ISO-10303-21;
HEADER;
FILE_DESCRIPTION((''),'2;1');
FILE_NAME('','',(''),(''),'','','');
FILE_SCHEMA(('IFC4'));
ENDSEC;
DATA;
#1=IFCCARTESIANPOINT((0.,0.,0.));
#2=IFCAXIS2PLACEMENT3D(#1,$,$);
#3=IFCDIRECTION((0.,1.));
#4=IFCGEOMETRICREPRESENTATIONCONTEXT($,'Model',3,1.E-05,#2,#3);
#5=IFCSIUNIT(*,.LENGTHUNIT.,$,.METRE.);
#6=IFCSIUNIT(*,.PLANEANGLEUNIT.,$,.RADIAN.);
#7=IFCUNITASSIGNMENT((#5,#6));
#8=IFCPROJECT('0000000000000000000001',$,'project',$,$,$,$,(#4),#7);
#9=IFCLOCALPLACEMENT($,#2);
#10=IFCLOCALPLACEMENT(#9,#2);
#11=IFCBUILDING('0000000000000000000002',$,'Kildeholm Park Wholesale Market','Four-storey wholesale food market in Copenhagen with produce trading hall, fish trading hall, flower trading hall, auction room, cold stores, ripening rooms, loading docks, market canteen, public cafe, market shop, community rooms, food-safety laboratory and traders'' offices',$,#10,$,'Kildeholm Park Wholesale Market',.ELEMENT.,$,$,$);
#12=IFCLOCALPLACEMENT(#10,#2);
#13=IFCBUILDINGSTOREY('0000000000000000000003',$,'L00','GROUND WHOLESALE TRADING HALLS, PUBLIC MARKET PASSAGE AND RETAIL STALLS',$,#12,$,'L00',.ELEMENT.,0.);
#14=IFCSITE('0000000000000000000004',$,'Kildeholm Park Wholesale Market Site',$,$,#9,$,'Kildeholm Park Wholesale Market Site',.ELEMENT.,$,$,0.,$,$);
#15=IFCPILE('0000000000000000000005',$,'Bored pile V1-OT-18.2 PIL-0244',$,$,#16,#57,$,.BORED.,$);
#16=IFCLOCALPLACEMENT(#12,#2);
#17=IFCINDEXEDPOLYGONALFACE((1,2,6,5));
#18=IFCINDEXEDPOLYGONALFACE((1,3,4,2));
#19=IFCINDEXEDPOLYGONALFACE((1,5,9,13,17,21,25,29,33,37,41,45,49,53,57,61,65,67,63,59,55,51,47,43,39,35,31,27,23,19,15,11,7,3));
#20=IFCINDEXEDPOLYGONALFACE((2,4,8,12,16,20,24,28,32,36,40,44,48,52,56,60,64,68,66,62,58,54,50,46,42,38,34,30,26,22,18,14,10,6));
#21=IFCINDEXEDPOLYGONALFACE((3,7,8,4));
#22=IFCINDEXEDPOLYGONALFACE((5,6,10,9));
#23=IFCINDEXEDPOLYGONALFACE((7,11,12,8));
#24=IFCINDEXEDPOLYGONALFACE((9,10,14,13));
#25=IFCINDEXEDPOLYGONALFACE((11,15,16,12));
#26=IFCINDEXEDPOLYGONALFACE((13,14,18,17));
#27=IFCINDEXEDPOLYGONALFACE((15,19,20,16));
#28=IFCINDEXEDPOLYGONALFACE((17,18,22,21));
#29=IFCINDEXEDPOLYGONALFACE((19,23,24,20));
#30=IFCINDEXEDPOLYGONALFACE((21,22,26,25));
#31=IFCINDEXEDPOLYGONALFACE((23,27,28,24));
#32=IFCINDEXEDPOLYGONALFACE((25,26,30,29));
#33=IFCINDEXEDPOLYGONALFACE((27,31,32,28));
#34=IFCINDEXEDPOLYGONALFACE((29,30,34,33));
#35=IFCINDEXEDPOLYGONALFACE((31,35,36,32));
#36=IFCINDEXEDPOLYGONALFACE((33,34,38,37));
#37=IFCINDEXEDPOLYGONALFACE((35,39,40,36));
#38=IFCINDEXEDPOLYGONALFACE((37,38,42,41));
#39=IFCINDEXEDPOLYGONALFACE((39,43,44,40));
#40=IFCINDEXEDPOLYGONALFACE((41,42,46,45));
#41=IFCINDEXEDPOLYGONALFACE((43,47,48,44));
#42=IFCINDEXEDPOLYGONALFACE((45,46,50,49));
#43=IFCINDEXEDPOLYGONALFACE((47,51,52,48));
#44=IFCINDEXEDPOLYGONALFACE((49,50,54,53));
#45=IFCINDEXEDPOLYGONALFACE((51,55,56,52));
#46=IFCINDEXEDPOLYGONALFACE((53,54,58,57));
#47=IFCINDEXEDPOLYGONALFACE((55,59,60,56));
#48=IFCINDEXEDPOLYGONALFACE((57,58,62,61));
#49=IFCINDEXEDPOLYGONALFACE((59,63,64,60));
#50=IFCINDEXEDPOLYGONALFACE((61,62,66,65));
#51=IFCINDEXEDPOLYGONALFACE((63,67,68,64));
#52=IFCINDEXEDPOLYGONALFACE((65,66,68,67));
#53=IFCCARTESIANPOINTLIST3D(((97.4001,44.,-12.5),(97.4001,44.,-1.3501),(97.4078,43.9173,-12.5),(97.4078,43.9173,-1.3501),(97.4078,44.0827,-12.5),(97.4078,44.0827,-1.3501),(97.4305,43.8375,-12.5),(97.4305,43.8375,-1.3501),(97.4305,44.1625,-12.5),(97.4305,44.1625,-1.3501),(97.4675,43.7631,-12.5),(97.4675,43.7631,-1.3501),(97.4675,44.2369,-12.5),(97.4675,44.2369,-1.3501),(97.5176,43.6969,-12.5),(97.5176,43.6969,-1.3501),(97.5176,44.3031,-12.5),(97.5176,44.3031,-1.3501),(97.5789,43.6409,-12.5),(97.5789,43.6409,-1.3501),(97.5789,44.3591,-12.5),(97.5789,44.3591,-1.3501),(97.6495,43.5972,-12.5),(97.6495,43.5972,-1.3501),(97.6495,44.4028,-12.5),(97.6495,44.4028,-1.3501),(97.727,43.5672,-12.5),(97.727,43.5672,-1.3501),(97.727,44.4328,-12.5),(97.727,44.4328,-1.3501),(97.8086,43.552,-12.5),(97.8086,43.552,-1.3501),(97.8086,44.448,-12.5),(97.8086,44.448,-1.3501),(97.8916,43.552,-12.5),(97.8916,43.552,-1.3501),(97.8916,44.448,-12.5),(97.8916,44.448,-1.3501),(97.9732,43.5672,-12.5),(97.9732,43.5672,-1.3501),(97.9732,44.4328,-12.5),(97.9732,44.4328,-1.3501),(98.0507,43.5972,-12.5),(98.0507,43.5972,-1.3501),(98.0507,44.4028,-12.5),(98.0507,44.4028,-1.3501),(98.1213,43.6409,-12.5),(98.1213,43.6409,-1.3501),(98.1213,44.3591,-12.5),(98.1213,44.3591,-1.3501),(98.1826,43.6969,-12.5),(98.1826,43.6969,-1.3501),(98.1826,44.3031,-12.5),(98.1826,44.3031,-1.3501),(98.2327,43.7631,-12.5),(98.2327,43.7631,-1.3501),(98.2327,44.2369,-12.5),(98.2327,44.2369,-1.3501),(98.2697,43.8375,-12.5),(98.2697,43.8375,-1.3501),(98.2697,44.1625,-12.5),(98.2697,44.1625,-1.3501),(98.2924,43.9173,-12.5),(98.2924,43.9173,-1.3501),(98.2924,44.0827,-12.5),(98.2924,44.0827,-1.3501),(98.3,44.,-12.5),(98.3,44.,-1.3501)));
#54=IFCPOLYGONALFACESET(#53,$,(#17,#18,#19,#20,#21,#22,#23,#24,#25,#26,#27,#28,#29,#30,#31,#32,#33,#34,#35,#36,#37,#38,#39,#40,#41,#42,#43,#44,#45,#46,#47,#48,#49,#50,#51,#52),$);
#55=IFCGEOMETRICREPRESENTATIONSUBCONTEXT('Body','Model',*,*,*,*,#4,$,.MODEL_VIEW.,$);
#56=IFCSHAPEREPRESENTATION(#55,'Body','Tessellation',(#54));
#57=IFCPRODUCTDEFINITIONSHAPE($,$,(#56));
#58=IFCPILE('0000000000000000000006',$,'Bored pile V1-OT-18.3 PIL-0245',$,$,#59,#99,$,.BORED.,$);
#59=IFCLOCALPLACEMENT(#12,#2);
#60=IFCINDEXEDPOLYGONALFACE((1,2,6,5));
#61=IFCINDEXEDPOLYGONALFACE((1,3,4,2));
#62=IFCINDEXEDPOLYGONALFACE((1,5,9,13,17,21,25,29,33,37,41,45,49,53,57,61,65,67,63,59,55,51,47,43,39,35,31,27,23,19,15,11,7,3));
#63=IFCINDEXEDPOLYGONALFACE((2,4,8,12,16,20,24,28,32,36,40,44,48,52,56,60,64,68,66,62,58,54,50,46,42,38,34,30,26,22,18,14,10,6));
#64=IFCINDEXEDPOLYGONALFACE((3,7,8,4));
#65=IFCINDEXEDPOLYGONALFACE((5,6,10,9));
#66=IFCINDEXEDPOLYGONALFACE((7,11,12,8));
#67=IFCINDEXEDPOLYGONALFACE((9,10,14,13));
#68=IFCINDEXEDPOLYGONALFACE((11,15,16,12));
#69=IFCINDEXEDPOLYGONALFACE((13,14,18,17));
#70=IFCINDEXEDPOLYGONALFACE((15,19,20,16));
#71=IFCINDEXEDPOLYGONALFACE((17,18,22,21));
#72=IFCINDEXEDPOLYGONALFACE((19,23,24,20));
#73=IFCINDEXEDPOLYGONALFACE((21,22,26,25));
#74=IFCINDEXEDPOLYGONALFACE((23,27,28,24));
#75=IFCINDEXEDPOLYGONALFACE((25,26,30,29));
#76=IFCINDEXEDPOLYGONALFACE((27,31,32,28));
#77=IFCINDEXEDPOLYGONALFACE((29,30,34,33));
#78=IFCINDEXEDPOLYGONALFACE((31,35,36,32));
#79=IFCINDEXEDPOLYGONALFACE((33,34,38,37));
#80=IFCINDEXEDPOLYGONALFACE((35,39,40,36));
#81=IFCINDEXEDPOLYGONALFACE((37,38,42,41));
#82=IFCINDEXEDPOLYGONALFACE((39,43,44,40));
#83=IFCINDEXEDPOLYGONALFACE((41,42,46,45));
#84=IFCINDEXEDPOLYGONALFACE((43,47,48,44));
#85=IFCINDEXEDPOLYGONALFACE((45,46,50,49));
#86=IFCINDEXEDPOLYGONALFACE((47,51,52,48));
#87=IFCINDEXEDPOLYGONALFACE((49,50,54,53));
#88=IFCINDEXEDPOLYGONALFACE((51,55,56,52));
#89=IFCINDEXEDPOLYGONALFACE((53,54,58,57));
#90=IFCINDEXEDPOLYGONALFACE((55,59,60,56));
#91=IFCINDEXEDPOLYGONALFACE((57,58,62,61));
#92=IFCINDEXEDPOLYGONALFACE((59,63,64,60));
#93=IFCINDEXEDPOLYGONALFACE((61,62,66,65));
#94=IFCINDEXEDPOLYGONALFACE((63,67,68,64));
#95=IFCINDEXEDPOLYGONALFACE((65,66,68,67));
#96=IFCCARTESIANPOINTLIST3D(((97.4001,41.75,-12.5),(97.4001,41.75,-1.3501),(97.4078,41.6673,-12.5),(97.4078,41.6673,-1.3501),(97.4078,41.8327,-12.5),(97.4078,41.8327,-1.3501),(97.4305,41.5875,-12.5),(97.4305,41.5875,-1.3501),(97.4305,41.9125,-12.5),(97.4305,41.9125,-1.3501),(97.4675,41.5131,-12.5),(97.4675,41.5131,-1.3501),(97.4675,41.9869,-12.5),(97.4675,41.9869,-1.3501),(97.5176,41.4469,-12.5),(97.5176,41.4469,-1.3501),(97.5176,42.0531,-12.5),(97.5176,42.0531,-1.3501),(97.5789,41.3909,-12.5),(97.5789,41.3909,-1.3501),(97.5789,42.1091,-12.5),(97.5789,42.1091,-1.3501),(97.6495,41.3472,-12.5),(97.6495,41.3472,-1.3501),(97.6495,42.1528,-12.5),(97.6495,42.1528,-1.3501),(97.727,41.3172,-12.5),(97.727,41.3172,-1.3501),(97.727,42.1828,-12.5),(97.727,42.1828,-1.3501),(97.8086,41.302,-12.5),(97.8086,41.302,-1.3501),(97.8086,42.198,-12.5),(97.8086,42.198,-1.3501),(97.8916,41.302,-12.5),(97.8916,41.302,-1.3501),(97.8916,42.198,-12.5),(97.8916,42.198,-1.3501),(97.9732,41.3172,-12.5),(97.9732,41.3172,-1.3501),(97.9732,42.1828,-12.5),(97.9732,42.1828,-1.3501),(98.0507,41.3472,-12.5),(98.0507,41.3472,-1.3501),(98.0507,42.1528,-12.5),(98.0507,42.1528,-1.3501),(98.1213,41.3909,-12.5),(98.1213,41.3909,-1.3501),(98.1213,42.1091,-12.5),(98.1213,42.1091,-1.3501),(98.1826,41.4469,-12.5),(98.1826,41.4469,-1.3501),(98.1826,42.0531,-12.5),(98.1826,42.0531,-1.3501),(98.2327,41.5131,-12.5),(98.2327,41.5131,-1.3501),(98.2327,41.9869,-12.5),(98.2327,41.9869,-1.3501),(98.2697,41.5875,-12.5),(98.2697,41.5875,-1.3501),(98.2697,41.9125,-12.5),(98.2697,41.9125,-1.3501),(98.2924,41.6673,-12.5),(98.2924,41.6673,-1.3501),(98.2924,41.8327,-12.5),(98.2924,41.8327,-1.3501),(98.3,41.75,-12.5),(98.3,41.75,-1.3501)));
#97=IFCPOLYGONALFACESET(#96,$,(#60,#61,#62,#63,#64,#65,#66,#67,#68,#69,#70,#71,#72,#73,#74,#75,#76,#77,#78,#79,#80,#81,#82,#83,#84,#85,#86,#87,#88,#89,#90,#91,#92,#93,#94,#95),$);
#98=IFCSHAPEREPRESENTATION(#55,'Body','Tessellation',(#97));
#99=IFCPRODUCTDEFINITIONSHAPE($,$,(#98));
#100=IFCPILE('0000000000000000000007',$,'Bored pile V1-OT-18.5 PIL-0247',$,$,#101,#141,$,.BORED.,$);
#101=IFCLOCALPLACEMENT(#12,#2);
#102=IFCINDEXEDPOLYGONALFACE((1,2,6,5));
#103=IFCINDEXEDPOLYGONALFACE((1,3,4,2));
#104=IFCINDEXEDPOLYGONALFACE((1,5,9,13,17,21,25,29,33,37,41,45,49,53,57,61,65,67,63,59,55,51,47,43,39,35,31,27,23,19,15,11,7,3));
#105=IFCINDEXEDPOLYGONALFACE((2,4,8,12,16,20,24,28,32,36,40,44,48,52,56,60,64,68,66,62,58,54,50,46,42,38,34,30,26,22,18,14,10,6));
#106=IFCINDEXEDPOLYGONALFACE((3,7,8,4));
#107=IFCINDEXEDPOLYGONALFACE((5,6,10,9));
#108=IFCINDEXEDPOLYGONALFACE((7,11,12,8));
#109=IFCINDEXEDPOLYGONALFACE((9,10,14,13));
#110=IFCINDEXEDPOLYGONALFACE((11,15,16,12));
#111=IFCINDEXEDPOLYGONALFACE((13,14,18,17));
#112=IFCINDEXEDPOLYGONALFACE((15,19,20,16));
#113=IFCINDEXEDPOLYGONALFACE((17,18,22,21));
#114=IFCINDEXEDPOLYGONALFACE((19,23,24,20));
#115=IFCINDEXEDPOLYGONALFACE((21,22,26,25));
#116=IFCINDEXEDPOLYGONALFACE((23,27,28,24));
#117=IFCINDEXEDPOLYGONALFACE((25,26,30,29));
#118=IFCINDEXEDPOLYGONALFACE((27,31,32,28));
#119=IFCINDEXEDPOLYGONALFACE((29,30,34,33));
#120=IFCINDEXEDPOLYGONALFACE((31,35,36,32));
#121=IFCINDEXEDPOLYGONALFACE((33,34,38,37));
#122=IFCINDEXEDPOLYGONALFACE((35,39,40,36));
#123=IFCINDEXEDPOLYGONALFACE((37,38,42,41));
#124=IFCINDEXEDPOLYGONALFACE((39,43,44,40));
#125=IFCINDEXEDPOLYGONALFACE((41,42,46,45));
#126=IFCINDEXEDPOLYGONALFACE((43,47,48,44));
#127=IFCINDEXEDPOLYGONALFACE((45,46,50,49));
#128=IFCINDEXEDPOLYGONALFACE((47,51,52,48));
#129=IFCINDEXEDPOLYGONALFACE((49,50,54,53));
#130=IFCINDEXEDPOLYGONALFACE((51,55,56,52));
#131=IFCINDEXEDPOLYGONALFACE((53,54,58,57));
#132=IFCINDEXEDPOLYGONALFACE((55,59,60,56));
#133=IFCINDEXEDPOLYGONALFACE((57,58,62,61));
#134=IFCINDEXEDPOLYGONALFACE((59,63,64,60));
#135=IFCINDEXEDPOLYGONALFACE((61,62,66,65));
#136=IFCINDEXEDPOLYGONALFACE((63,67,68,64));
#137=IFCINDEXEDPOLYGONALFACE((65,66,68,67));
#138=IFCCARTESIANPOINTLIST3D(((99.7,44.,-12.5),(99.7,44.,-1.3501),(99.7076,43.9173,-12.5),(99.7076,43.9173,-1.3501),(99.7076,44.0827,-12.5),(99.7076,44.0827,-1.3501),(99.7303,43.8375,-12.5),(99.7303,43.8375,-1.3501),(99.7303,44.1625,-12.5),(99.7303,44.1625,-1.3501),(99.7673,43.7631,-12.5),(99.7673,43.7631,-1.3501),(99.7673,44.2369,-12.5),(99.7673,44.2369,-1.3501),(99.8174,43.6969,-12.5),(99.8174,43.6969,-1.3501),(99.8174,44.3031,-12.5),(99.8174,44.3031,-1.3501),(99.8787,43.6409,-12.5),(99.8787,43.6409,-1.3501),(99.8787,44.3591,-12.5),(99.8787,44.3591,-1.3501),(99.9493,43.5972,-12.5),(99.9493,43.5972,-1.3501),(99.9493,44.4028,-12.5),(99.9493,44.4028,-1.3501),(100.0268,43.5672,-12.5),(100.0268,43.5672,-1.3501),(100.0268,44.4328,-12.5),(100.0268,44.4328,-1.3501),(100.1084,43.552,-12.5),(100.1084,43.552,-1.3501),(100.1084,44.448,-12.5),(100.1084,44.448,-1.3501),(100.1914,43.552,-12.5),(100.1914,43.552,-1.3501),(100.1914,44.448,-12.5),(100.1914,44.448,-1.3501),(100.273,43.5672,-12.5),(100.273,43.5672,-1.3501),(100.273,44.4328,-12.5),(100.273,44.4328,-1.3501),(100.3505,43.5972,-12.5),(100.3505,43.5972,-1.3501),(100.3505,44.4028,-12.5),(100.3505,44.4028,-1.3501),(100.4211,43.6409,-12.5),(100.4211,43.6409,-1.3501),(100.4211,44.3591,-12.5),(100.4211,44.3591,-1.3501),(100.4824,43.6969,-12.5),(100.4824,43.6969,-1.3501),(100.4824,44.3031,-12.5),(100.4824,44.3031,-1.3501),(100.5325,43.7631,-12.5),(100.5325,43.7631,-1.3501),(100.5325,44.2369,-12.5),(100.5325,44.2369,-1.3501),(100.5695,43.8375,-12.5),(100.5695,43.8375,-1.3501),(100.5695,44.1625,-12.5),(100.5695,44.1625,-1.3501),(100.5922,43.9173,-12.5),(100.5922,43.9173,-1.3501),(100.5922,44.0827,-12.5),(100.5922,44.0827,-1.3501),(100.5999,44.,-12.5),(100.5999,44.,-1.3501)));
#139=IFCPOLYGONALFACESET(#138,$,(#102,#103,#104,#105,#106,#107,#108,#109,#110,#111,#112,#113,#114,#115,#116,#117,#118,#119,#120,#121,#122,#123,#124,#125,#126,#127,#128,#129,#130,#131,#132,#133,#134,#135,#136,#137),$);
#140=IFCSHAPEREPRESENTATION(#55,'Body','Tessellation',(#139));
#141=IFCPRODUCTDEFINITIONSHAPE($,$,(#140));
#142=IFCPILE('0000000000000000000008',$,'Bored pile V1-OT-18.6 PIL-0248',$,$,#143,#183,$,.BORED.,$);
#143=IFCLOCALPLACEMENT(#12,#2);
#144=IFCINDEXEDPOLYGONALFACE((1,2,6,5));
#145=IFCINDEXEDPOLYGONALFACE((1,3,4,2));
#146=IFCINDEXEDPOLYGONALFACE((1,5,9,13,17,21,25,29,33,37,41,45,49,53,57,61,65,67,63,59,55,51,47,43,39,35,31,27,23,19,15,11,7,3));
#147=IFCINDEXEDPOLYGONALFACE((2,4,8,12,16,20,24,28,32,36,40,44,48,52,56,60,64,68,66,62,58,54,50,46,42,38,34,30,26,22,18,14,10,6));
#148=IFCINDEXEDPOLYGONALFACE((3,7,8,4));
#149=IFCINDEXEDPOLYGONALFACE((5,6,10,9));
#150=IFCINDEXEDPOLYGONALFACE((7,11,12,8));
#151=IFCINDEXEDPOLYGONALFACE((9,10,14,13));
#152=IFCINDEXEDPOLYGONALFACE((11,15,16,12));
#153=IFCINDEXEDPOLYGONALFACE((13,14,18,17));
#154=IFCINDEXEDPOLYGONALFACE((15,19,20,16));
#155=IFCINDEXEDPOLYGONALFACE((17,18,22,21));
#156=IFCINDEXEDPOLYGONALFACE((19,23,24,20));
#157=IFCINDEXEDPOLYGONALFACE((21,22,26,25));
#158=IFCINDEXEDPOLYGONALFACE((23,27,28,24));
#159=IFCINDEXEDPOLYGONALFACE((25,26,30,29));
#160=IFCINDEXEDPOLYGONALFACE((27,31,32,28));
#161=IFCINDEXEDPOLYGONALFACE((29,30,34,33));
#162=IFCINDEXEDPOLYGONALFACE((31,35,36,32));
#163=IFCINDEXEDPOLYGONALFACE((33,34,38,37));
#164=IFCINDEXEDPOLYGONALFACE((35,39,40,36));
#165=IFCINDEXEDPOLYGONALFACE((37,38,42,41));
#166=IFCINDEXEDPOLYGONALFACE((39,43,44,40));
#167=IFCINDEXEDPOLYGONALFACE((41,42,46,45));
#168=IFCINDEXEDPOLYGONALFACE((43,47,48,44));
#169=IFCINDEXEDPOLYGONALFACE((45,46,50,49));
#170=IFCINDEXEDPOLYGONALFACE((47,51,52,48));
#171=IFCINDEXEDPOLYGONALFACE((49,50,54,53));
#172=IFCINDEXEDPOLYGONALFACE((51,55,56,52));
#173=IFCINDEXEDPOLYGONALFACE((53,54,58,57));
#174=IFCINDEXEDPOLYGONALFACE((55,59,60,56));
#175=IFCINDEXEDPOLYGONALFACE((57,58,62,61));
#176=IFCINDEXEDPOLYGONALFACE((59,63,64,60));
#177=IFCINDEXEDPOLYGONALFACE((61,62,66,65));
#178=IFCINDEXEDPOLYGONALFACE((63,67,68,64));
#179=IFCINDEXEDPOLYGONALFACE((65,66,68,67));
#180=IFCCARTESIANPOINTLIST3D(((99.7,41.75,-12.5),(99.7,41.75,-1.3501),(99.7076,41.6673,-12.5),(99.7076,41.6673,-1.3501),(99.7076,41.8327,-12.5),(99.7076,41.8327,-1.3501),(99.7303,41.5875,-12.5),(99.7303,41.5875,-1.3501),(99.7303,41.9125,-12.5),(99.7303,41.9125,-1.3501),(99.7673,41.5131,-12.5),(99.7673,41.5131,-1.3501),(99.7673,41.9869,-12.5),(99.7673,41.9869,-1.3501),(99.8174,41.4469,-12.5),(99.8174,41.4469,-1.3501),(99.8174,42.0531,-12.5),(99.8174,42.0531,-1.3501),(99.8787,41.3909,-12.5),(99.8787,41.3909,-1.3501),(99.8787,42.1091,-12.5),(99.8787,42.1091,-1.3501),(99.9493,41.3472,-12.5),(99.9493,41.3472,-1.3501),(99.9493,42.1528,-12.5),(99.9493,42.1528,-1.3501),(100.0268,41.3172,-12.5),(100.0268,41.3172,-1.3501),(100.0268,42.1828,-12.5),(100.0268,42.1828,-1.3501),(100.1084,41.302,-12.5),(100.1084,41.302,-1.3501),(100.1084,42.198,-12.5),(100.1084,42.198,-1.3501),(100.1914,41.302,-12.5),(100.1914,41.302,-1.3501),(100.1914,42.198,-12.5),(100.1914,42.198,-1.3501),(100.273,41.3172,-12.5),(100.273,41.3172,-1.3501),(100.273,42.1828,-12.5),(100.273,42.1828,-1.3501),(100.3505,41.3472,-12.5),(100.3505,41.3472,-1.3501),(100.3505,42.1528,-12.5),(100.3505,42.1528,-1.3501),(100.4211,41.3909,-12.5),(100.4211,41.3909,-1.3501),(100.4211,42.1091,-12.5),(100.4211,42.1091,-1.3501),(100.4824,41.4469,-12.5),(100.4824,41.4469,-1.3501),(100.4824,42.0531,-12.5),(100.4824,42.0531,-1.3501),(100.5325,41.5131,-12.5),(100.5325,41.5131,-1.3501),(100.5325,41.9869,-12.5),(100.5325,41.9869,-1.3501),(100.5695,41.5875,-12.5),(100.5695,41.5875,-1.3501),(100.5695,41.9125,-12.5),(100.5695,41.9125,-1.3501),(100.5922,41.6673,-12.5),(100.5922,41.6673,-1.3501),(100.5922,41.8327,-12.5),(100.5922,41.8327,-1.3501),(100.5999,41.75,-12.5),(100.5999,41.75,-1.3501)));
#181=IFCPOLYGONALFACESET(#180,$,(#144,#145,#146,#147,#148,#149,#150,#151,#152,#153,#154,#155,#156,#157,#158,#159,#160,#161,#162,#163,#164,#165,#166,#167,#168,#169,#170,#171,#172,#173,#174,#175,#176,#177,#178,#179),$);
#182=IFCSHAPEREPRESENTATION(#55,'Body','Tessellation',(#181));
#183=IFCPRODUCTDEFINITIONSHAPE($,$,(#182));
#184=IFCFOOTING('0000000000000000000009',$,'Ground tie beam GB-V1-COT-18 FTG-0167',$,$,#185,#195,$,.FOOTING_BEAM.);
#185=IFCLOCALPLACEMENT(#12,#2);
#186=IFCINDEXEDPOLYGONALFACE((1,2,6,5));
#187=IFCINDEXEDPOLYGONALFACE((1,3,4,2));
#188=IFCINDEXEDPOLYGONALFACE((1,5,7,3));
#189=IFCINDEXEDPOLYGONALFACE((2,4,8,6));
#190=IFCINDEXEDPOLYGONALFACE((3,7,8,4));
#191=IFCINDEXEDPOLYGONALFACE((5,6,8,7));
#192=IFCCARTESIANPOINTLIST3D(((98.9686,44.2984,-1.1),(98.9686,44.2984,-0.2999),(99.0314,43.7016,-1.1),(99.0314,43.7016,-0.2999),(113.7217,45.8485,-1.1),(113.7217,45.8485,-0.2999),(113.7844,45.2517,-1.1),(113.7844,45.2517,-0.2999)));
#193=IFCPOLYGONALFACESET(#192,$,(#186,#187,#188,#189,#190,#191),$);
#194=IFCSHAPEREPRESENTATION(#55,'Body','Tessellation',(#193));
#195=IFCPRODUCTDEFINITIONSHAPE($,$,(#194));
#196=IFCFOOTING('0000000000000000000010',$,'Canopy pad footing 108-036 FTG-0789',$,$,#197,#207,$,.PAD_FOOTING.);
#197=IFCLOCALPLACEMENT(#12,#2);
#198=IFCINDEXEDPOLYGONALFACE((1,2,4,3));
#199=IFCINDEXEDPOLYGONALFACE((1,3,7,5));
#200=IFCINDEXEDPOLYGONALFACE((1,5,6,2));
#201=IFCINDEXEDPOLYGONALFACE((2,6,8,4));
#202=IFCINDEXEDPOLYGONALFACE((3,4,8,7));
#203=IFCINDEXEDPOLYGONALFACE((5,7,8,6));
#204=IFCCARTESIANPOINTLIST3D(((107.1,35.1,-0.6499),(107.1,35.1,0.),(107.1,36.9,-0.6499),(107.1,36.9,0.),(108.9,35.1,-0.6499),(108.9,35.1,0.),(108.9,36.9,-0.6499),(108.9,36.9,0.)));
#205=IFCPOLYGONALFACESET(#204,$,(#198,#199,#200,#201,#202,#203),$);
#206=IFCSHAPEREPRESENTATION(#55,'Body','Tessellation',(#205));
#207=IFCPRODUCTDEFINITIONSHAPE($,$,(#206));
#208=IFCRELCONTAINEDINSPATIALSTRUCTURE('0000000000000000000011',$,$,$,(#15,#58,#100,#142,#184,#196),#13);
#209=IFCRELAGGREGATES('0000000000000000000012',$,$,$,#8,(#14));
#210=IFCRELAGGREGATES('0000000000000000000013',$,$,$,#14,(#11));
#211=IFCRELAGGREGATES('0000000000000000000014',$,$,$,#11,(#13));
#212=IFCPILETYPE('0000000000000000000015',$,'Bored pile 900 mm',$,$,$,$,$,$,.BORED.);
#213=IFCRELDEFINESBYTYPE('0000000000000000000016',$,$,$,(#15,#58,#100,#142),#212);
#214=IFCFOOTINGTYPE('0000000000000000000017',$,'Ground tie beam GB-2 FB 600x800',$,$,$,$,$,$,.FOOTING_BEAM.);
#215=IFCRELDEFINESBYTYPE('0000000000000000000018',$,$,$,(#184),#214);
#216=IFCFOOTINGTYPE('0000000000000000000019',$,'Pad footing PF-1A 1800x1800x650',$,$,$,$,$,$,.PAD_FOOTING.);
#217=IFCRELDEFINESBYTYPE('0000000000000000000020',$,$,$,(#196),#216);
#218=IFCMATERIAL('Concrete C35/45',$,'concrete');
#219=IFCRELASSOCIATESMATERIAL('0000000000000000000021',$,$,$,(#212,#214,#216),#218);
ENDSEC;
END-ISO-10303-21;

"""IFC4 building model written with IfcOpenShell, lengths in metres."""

from ifc_helpers import new_model, si_unit, direction, frame, origin, origin_2d, place, context, subcontext, project, spatial, rectangle, circle, extrude, material, material_profile, profile_set, type_object, element, save


model = new_model("IFC4")

# Units and contexts
model_context = context("Model", 3, precision=1e-05, world=origin(), true_north=direction((0.0, 1.0)))
body_context = subcontext(model_context, "Body", "Model", "MODEL_VIEW")
ifc_project = project(units=[si_unit("LENGTHUNIT", "METRE"), si_unit("PLANEANGLEUNIT", "RADIAN")], contexts=[model_context])

# Site, building, storey
site_placement = place(None, origin())
site = spatial("IfcSite", under=ifc_project, at=site_placement, Name="Kildeholm Park Wholesale Market Site", LongName="Kildeholm Park Wholesale Market Site", CompositionType="ELEMENT", RefElevation=0.0)
building_placement = place(site_placement, origin())
building = spatial("IfcBuilding", under=site, at=building_placement, Name="Kildeholm Park Wholesale Market", Description="Four-storey wholesale food market in Copenhagen with produce trading hall, fish trading hall, flower trading hall, auction room, cold stores, ripening rooms, loading docks, market canteen, public cafe, market shop, community rooms, food-safety laboratory and traders' offices", LongName="Kildeholm Park Wholesale Market", CompositionType="ELEMENT")
storey_placement = place(building_placement, origin())
storey = spatial("IfcBuildingStorey", under=building, at=storey_placement, Name="L00", Description="GROUND WHOLESALE TRADING HALLS, PUBLIC MARKET PASSAGE AND RETAIL STALLS", LongName="L00", CompositionType="ELEMENT", Elevation=0.0)

# Piles
ifc_material_1 = material(Name="Concrete C35/45", Category="concrete")
ifc_material_profile_1 = material_profile(ifc_material_1, circle(Radius=0.45, at=origin_2d()), Name="PILE D900")
ifc_profile_set_1 = profile_set([ifc_material_profile_1], Name="Concrete C35/45")
pile_type = type_object("IfcPileType", Name="Bored pile 900 mm", PredefinedType="BORED", material=ifc_profile_set_1)
for number, where, z_axis, x_axis, name in (
    (1, (97.8501, 44.0, -1.3501), (0.0, 0.0, -1.0), (1.0, 0.0, 0.0), "Bored pile V1-OT-18.2 PIL-0244"),
    (2, (97.8501, 41.75, -1.3501), (0.0, 0.0, -1.0), (1.0, 0.0, 0.0), "Bored pile V1-OT-18.3 PIL-0245"),
    (3, (100.1499, 44.0, -1.3501), (0.0, 0.0, -1.0), (1.0, 0.0, 0.0), "Bored pile V1-OT-18.5 PIL-0247"),
    (4, (100.1499, 41.75, -1.3501), (0.0, 0.0, -1.0), (1.0, 0.0, 0.0), "Bored pile V1-OT-18.6 PIL-0248"),
):
    element("IfcPile", number, at=place(storey_placement, frame(where, z_axis=z_axis, x_axis=x_axis)), inside=storey, type_object=pile_type, Name=name, PredefinedType="BORED", context=body_context, shape_type="SweptSolid", body=[
        extrude(circle(Radius=0.45, at=origin_2d()), origin(), (0.0, 0.0, 1.0), 11.1499),
    ])

# Footings
ifc_material_profile_2 = material_profile(ifc_material_1, rectangle(XDim=0.6001, YDim=0.8, at=origin_2d()), Name="FB 600x800")
ifc_profile_set_2 = profile_set([ifc_material_profile_2], Name="Concrete C35/45")
footing_type_1 = type_object("IfcFootingType", Name="Ground tie beam GB-2 FB 600x800", PredefinedType="FOOTING_BEAM", material=ifc_profile_set_2)
footing_1_placement = place(storey_placement, frame((99.0, 44.0, -0.7), z_axis=(0.994526, 0.104492, 0.0), x_axis=(-0.104492, 0.994526, 0.0)))
element("IfcFooting", 5, at=footing_1_placement, inside=storey, type_object=footing_type_1, Name="Ground tie beam GB-V1-COT-18 FTG-0167", PredefinedType="FOOTING_BEAM", context=body_context, shape_type="SweptSolid", body=[
    extrude(rectangle(XDim=0.6001, YDim=0.8, at=origin_2d()), origin(), (0.0, 0.0, 1.0), 14.8342),
])
footing_type_2 = type_object("IfcFootingType", Name="Pad footing PF-1A 1800x1800x650", PredefinedType="PAD_FOOTING", material=ifc_material_1)
footing_2_placement = place(storey_placement, frame((108.0, 36.0, -0.6499), z_axis=(0.0, 0.0, 1.0), x_axis=(1.0, 0.0, 0.0)))
element("IfcFooting", 6, at=footing_2_placement, inside=storey, type_object=footing_type_2, Name="Canopy pad footing 108-036 FTG-0789", PredefinedType="PAD_FOOTING", context=body_context, shape_type="SweptSolid", body=[
    extrude(rectangle(XDim=1.8, YDim=1.8, at=origin_2d()), origin(), (0.0, 0.0, 1.0), 0.6499),
])

save(model, "model.ifc")
